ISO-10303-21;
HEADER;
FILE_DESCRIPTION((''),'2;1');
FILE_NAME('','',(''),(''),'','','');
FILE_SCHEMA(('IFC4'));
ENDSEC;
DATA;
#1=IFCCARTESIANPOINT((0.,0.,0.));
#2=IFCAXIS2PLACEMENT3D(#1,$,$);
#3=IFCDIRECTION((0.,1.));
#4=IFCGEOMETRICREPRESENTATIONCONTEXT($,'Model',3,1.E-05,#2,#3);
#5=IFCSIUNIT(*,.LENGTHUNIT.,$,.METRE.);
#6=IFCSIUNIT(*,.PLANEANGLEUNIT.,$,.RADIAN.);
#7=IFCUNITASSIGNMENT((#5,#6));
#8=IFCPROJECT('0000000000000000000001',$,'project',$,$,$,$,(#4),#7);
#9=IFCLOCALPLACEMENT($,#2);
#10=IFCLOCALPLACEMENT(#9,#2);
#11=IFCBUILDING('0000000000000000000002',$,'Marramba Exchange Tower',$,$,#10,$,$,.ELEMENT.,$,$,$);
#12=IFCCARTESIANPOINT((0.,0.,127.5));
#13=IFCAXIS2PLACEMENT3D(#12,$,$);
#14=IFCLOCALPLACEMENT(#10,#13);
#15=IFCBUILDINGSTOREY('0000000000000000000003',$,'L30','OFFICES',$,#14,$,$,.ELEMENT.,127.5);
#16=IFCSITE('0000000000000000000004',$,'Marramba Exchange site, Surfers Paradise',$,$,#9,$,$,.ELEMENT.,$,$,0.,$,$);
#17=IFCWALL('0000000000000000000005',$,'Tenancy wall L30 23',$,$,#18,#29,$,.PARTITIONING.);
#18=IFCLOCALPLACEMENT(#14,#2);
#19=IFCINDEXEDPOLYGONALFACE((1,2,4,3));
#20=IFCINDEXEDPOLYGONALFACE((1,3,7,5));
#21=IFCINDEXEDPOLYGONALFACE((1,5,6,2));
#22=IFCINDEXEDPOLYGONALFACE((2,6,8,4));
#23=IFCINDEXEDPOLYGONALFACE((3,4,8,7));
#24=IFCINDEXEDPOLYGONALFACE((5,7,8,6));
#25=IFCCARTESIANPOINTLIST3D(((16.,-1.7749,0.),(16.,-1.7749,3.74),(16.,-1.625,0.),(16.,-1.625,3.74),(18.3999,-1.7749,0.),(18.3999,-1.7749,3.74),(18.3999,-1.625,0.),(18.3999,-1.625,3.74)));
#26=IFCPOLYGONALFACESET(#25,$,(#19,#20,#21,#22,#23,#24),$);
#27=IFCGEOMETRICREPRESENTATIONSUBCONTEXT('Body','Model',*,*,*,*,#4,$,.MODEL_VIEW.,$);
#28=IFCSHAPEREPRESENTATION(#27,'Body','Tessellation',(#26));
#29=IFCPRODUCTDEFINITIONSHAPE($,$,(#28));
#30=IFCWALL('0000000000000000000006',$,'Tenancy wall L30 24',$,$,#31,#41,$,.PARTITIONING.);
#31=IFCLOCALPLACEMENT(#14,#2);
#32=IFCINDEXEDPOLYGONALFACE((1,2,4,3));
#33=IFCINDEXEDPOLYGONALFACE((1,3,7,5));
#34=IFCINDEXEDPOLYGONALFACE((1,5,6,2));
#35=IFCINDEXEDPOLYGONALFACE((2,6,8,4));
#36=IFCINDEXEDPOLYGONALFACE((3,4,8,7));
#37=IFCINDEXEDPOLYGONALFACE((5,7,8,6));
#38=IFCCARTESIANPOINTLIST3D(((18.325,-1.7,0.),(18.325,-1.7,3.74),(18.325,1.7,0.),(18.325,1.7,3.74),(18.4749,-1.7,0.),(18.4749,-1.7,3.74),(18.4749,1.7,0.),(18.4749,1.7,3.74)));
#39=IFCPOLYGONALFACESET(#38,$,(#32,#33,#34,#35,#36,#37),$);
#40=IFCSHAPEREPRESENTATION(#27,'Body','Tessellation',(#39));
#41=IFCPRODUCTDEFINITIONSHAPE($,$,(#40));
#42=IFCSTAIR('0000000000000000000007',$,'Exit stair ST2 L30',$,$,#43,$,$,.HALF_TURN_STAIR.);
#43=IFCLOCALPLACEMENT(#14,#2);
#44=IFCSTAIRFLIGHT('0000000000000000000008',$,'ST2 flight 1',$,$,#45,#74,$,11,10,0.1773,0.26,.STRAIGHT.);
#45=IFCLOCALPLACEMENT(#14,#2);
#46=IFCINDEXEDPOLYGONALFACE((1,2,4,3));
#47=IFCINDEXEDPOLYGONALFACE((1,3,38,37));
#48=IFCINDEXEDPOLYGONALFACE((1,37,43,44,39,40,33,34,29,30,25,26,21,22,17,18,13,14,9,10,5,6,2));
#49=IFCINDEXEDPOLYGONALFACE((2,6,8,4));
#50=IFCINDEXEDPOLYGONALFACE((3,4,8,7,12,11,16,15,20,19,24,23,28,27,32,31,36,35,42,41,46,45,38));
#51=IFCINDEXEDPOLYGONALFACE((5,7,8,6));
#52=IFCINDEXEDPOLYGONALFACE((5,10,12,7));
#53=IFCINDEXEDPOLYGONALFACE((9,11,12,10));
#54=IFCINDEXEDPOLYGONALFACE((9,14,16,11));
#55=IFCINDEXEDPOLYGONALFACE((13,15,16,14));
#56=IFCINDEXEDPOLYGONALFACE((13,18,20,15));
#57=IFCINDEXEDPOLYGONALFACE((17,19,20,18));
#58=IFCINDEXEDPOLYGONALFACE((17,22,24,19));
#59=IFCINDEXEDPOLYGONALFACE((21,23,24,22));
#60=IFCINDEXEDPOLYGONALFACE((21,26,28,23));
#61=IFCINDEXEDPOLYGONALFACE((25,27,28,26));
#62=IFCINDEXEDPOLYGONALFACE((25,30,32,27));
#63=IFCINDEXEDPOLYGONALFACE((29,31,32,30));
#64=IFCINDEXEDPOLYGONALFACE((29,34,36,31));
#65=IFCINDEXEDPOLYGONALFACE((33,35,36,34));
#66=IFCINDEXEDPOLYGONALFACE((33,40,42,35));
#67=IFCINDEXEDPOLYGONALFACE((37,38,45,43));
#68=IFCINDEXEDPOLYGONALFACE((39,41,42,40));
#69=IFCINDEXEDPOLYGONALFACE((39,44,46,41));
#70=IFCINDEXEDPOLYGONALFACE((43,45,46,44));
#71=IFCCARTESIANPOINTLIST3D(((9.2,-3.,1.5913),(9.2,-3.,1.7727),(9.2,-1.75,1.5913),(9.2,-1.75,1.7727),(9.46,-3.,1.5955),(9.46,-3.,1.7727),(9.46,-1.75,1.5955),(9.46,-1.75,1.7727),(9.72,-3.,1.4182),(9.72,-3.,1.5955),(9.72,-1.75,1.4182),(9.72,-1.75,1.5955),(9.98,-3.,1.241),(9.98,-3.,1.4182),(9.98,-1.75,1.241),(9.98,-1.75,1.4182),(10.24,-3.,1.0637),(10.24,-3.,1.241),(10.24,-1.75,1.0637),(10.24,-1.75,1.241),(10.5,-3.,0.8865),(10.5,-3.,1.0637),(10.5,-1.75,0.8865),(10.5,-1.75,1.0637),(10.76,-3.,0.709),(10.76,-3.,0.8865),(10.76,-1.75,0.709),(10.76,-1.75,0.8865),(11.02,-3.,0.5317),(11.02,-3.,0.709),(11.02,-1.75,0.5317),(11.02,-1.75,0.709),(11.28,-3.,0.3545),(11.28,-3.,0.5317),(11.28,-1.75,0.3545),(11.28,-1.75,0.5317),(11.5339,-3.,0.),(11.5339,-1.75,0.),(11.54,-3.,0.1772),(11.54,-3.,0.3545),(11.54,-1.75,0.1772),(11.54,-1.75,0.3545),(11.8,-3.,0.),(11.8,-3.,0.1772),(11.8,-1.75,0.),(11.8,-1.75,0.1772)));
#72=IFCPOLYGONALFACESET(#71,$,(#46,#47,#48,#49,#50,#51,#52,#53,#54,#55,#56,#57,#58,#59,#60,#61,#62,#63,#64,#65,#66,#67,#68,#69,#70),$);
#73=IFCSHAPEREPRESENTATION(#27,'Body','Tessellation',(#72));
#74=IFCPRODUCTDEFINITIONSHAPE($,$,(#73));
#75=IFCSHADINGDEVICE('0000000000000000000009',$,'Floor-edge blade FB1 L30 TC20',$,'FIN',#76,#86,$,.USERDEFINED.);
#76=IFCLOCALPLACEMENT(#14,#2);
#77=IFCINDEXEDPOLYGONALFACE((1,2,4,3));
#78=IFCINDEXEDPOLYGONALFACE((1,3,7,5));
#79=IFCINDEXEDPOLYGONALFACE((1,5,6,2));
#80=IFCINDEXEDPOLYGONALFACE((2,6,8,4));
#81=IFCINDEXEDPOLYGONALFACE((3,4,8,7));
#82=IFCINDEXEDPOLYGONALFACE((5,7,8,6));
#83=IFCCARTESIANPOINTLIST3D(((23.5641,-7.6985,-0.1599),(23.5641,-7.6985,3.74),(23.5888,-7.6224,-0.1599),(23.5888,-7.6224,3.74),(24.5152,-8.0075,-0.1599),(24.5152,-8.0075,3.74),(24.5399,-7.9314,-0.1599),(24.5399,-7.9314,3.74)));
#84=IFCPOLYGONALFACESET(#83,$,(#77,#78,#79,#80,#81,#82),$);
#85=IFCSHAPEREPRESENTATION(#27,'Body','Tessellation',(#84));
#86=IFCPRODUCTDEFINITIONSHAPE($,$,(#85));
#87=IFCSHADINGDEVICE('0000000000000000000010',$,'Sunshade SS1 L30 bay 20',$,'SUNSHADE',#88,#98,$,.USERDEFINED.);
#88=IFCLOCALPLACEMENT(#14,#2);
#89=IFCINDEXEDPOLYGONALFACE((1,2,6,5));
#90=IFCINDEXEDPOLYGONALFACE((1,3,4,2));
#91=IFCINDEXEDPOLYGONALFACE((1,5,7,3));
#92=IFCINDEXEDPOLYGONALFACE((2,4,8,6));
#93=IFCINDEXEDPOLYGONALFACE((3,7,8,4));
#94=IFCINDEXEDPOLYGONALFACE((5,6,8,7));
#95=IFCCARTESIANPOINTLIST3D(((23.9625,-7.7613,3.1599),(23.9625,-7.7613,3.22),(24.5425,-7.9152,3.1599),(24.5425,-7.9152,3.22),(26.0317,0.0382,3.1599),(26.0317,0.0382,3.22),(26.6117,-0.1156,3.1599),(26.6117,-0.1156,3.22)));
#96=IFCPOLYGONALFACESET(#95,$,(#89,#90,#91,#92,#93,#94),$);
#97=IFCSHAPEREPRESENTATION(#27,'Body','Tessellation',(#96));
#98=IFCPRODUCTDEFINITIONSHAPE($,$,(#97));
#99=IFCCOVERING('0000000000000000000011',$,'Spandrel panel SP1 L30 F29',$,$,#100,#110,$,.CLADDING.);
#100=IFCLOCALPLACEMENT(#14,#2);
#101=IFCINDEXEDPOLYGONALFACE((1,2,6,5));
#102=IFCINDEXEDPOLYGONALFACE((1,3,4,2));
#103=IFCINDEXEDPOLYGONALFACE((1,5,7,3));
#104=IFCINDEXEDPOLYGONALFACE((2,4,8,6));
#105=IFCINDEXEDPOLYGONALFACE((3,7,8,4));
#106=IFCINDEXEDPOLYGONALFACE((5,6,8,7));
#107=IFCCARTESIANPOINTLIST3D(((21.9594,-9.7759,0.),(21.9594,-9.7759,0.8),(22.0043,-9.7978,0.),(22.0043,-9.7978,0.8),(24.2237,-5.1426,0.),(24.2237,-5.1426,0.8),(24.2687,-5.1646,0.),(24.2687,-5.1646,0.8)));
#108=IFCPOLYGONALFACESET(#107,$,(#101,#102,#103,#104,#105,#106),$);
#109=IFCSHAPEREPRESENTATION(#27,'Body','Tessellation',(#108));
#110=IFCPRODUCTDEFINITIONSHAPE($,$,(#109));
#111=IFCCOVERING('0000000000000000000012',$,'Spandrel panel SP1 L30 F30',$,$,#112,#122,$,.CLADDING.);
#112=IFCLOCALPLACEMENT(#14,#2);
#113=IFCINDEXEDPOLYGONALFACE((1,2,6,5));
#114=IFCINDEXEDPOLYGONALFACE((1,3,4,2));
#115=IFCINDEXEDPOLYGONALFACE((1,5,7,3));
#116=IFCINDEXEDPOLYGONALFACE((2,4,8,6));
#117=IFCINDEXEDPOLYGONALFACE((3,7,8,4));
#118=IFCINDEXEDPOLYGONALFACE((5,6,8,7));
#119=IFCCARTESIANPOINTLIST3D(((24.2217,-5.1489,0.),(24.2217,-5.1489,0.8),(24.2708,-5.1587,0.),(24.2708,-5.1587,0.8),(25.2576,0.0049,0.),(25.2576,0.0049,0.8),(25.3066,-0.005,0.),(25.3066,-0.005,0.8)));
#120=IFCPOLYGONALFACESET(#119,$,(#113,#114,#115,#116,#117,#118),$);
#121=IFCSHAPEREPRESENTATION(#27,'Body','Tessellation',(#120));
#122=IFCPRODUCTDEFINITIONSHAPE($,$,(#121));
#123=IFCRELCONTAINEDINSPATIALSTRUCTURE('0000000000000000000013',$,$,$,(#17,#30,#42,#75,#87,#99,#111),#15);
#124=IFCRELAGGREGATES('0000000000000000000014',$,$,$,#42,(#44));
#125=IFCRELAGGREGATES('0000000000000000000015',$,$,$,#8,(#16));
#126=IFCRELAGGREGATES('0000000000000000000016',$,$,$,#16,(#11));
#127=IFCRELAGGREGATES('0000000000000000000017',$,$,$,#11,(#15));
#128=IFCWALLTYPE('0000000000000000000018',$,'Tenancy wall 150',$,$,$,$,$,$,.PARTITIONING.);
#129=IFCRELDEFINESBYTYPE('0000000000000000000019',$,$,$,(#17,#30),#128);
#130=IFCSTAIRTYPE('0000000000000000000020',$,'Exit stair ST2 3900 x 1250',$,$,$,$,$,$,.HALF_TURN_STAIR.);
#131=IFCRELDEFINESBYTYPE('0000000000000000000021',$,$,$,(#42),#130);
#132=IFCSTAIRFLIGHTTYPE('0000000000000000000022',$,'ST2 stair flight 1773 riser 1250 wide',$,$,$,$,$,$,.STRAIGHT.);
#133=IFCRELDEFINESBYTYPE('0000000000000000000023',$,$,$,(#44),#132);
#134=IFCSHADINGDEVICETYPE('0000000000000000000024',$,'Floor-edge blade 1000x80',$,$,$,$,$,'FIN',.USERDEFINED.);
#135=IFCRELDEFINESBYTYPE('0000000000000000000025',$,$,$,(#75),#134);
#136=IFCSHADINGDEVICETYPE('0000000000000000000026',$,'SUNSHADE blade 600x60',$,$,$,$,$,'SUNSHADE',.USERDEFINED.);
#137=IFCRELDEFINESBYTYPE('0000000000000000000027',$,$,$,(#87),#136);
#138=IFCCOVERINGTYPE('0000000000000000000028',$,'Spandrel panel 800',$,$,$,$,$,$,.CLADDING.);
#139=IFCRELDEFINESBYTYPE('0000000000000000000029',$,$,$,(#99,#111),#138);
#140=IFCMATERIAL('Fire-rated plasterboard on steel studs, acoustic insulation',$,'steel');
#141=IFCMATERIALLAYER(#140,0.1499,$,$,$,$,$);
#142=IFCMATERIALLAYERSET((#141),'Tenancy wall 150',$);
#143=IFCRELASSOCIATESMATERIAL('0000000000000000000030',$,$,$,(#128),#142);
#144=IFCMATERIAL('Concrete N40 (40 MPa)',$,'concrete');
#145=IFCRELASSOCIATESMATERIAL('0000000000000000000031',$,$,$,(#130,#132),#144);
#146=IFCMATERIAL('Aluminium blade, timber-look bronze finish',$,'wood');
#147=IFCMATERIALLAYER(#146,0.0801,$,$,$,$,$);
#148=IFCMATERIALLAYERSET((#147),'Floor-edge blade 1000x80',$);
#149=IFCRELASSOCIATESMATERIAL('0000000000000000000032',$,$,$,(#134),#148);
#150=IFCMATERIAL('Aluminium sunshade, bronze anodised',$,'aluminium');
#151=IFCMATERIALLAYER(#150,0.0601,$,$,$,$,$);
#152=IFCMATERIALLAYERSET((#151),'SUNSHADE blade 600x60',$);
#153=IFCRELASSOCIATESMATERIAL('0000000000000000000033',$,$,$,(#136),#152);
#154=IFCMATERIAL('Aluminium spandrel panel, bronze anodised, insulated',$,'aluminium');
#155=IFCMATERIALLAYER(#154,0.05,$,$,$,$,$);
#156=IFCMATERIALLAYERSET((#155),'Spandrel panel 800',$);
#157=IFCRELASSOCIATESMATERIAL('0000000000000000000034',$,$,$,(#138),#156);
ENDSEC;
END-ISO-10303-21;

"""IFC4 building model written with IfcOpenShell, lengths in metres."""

from ifc_helpers import new_model, si_unit, direction, frame, frame_2d, origin, origin_2d, place, context, subcontext, project, spatial, polyline, rectangle, outline, extrude, material, layer, layer_set, type_object, element, aggregate, save


model = new_model("IFC4")

# Units and contexts
model_context = context("Model", 3, precision=1e-05, world=origin(), true_north=direction((0.0, 1.0)))
body_context = subcontext(model_context, "Body", "Model", "MODEL_VIEW")
ifc_project = project(units=[si_unit("LENGTHUNIT", "METRE"), si_unit("PLANEANGLEUNIT", "RADIAN")], contexts=[model_context])

# Site, building, storey
site_placement = place(None, origin())
site = spatial("IfcSite", under=ifc_project, at=site_placement, Name="Marramba Exchange site, Surfers Paradise", CompositionType="ELEMENT", RefElevation=0.0)
building_placement = place(site_placement, origin())
building = spatial("IfcBuilding", under=site, at=building_placement, Name="Marramba Exchange Tower", CompositionType="ELEMENT")
storey_placement = place(building_placement, frame((0.0, 0.0, 127.5)))
storey = spatial("IfcBuildingStorey", under=building, at=storey_placement, Name="L30", Description="OFFICES", CompositionType="ELEMENT", Elevation=127.5)

# Walls
ifc_material_1 = material(Name="Fire-rated plasterboard on steel studs, acoustic insulation", Category="steel")
ifc_layer_1 = layer(ifc_material_1, 0.1499)
ifc_layer_set_1 = layer_set([ifc_layer_1], Name="Tenancy wall 150")
wall_type_1 = type_object("IfcWallType", Name="Tenancy wall 150", PredefinedType="PARTITIONING", material=ifc_layer_set_1)
wall_1_placement = place(storey_placement, frame((16.0, -1.7, 0.0), z_axis=(0.0, 0.0, 1.0), x_axis=(1.0, 0.0, 0.0)))
element("IfcWall", 1, at=wall_1_placement, inside=storey, type_object=wall_type_1, Name="Tenancy wall L30 23", PredefinedType="PARTITIONING", context=body_context, shape_type="SweptSolid", body=[
    extrude(rectangle(XDim=2.3999, YDim=0.1499, at=frame_2d((1.2, 0.0))), origin(), (0.0, 0.0, 1.0), 3.74),
])
wall_2_placement = place(storey_placement, frame((18.3999, -1.7, 0.0), z_axis=(0.0, 0.0, 1.0), x_axis=(0.0, 1.0, 0.0)))
element("IfcWall", 2, at=wall_2_placement, inside=storey, type_object=wall_type_1, Name="Tenancy wall L30 24", PredefinedType="PARTITIONING", context=body_context, shape_type="SweptSolid", body=[
    extrude(rectangle(XDim=3.3999, YDim=0.1499, at=frame_2d((1.7, 0.0))), origin(), (0.0, 0.0, 1.0), 3.74),
])

# Stair, stair flight
ifc_material_2 = material(Name="Concrete N40 (40 MPa)", Category="concrete")
stair_type = type_object("IfcStairType", Name="Exit stair ST2 3900 x 1250", PredefinedType="HALF_TURN_STAIR", material=ifc_material_2)
stair_placement = place(storey_placement, origin())
stair = element("IfcStair", 3, at=stair_placement, inside=storey, type_object=stair_type, Name="Exit stair ST2 L30", PredefinedType="HALF_TURN_STAIR")
stair_flight_type = type_object("IfcStairFlightType", Name="ST2 stair flight 1773 riser 1250 wide", PredefinedType="STRAIGHT", material=ifc_material_2)
stair_flight_placement = place(storey_placement, frame((11.8, -2.375, 0.0), z_axis=(0.0, 0.0, 1.0), x_axis=(-1.0, 0.0, 0.0)))
stair_flight = element("IfcStairFlight", 4, at=stair_flight_placement, type_object=stair_flight_type, Name="ST2 flight 1", NumberOfRisers=11, NumberOfTreads=10, PredefinedType="STRAIGHT", RiserHeight=0.1773, TreadLength=0.26, context=body_context, shape_type="SweptSolid", body=[
    extrude(outline(polyline([(0.0, 0.0), (0.0, 0.1772), (0.26, 0.1772), (0.26, 0.3545), (0.52, 0.3545), (0.52, 0.5317), (0.78, 0.5317), (0.78, 0.709), (1.04, 0.709), (1.04, 0.8865), (1.3, 0.8865), (1.3, 1.0637), (1.5601, 1.0637), (1.5601, 1.241), (1.8201, 1.241), (1.8201, 1.4182), (2.0801, 1.4182), (2.0801, 1.5955), (2.3401, 1.5955), (2.3401, 1.7727), (2.6001, 1.7727), (2.6001, 1.95), (2.6001, 1.5913), (0.2661, 0.0), (0.0, 0.0)])), frame((0.0, 0.625, 0.0), z_axis=(0.0, -1.0, 0.0), x_axis=(1.0, 0.0, 0.0)), (0.0, 0.0, 1.0), 1.25),
])
aggregate(stair, [stair_flight])

# Shading devices
ifc_material_3 = material(Name="Aluminium blade, timber-look bronze finish", Category="wood")
ifc_layer_2 = layer(ifc_material_3, 0.0801)
ifc_layer_set_2 = layer_set([ifc_layer_2], Name="Floor-edge blade 1000x80")
shading_device_type_1 = type_object("IfcShadingDeviceType", Name="Floor-edge blade 1000x80", ElementType="FIN", PredefinedType="USERDEFINED", material=ifc_layer_set_2)
shading_device_1_placement = place(storey_placement, frame((24.052, -7.8149, -0.1599), z_axis=(0.0, 0.0, 1.0), x_axis=(0.951057, -0.309017, 0.0)))
element("IfcShadingDevice", 5, at=shading_device_1_placement, inside=storey, type_object=shading_device_type_1, Name="Floor-edge blade FB1 L30 TC20", ObjectType="FIN", PredefinedType="USERDEFINED", context=body_context, shape_type="SweptSolid", body=[
    extrude(rectangle(XDim=1.0, YDim=0.0801, at=origin_2d()), origin(), (0.0, 0.0, 1.0), 3.8999),
])
ifc_material_4 = material(Name="Aluminium sunshade, bronze anodised", Category="aluminium")
ifc_layer_3 = layer(ifc_material_4, 0.0601)
ifc_layer_set_3 = layer_set([ifc_layer_3], Name="SUNSHADE blade 600x60")
shading_device_type_2 = type_object("IfcShadingDeviceType", Name="SUNSHADE blade 600x60", ElementType="SUNSHADE", PredefinedType="USERDEFINED", material=ifc_layer_set_3)
shading_device_2_placement = place(storey_placement, frame((25.2871, -3.9385, 3.1599), z_axis=(0.0, 0.0, 1.0), x_axis=(0.256423, 0.966565, 0.0)))
element("IfcShadingDevice", 6, at=shading_device_2_placement, inside=storey, type_object=shading_device_type_2, Name="Sunshade SS1 L30 bay 20", ObjectType="SUNSHADE", PredefinedType="USERDEFINED", context=body_context, shape_type="SweptSolid", body=[
    extrude(rectangle(XDim=8.0693, YDim=0.6001, at=origin_2d()), origin(), (0.0, 0.0, 1.0), 0.0601),
])

# Coverings
ifc_material_5 = material(Name="Aluminium spandrel panel, bronze anodised, insulated", Category="aluminium")
ifc_layer_4 = layer(ifc_material_5, 0.05)
ifc_layer_set_4 = layer_set([ifc_layer_4], Name="Spandrel panel 800")
covering_type = type_object("IfcCoveringType", Name="Spandrel panel 800", PredefinedType="CLADDING", material=ifc_layer_set_4)
covering_1_placement = place(storey_placement, frame((23.114, -7.4702, 0.0), z_axis=(0.0, 0.0, 1.0), x_axis=(0.439086, 0.898445, 0.0)))
element("IfcCovering", 7, at=covering_1_placement, inside=storey, type_object=covering_type, Name="Spandrel panel SP1 L30 F29", PredefinedType="CLADDING", context=body_context, shape_type="SweptSolid", body=[
    extrude(rectangle(XDim=5.157, YDim=0.05, at=origin_2d()), origin(), (0.0, 0.0, 1.0), 0.8),
])
covering_2_placement = place(storey_placement, frame((24.7642, -2.5769, 0.0), z_axis=(0.0, 0.0, 1.0), x_axis=(0.197049, 0.980394, 0.0)))
element("IfcCovering", 8, at=covering_2_placement, inside=storey, type_object=covering_type, Name="Spandrel panel SP1 L30 F30", PredefinedType="CLADDING", context=body_context, shape_type="SweptSolid", body=[
    extrude(rectangle(XDim=5.2568, YDim=0.05, at=origin_2d()), origin(), (0.0, 0.0, 1.0), 0.8),
])

save(model, "model.ifc")
